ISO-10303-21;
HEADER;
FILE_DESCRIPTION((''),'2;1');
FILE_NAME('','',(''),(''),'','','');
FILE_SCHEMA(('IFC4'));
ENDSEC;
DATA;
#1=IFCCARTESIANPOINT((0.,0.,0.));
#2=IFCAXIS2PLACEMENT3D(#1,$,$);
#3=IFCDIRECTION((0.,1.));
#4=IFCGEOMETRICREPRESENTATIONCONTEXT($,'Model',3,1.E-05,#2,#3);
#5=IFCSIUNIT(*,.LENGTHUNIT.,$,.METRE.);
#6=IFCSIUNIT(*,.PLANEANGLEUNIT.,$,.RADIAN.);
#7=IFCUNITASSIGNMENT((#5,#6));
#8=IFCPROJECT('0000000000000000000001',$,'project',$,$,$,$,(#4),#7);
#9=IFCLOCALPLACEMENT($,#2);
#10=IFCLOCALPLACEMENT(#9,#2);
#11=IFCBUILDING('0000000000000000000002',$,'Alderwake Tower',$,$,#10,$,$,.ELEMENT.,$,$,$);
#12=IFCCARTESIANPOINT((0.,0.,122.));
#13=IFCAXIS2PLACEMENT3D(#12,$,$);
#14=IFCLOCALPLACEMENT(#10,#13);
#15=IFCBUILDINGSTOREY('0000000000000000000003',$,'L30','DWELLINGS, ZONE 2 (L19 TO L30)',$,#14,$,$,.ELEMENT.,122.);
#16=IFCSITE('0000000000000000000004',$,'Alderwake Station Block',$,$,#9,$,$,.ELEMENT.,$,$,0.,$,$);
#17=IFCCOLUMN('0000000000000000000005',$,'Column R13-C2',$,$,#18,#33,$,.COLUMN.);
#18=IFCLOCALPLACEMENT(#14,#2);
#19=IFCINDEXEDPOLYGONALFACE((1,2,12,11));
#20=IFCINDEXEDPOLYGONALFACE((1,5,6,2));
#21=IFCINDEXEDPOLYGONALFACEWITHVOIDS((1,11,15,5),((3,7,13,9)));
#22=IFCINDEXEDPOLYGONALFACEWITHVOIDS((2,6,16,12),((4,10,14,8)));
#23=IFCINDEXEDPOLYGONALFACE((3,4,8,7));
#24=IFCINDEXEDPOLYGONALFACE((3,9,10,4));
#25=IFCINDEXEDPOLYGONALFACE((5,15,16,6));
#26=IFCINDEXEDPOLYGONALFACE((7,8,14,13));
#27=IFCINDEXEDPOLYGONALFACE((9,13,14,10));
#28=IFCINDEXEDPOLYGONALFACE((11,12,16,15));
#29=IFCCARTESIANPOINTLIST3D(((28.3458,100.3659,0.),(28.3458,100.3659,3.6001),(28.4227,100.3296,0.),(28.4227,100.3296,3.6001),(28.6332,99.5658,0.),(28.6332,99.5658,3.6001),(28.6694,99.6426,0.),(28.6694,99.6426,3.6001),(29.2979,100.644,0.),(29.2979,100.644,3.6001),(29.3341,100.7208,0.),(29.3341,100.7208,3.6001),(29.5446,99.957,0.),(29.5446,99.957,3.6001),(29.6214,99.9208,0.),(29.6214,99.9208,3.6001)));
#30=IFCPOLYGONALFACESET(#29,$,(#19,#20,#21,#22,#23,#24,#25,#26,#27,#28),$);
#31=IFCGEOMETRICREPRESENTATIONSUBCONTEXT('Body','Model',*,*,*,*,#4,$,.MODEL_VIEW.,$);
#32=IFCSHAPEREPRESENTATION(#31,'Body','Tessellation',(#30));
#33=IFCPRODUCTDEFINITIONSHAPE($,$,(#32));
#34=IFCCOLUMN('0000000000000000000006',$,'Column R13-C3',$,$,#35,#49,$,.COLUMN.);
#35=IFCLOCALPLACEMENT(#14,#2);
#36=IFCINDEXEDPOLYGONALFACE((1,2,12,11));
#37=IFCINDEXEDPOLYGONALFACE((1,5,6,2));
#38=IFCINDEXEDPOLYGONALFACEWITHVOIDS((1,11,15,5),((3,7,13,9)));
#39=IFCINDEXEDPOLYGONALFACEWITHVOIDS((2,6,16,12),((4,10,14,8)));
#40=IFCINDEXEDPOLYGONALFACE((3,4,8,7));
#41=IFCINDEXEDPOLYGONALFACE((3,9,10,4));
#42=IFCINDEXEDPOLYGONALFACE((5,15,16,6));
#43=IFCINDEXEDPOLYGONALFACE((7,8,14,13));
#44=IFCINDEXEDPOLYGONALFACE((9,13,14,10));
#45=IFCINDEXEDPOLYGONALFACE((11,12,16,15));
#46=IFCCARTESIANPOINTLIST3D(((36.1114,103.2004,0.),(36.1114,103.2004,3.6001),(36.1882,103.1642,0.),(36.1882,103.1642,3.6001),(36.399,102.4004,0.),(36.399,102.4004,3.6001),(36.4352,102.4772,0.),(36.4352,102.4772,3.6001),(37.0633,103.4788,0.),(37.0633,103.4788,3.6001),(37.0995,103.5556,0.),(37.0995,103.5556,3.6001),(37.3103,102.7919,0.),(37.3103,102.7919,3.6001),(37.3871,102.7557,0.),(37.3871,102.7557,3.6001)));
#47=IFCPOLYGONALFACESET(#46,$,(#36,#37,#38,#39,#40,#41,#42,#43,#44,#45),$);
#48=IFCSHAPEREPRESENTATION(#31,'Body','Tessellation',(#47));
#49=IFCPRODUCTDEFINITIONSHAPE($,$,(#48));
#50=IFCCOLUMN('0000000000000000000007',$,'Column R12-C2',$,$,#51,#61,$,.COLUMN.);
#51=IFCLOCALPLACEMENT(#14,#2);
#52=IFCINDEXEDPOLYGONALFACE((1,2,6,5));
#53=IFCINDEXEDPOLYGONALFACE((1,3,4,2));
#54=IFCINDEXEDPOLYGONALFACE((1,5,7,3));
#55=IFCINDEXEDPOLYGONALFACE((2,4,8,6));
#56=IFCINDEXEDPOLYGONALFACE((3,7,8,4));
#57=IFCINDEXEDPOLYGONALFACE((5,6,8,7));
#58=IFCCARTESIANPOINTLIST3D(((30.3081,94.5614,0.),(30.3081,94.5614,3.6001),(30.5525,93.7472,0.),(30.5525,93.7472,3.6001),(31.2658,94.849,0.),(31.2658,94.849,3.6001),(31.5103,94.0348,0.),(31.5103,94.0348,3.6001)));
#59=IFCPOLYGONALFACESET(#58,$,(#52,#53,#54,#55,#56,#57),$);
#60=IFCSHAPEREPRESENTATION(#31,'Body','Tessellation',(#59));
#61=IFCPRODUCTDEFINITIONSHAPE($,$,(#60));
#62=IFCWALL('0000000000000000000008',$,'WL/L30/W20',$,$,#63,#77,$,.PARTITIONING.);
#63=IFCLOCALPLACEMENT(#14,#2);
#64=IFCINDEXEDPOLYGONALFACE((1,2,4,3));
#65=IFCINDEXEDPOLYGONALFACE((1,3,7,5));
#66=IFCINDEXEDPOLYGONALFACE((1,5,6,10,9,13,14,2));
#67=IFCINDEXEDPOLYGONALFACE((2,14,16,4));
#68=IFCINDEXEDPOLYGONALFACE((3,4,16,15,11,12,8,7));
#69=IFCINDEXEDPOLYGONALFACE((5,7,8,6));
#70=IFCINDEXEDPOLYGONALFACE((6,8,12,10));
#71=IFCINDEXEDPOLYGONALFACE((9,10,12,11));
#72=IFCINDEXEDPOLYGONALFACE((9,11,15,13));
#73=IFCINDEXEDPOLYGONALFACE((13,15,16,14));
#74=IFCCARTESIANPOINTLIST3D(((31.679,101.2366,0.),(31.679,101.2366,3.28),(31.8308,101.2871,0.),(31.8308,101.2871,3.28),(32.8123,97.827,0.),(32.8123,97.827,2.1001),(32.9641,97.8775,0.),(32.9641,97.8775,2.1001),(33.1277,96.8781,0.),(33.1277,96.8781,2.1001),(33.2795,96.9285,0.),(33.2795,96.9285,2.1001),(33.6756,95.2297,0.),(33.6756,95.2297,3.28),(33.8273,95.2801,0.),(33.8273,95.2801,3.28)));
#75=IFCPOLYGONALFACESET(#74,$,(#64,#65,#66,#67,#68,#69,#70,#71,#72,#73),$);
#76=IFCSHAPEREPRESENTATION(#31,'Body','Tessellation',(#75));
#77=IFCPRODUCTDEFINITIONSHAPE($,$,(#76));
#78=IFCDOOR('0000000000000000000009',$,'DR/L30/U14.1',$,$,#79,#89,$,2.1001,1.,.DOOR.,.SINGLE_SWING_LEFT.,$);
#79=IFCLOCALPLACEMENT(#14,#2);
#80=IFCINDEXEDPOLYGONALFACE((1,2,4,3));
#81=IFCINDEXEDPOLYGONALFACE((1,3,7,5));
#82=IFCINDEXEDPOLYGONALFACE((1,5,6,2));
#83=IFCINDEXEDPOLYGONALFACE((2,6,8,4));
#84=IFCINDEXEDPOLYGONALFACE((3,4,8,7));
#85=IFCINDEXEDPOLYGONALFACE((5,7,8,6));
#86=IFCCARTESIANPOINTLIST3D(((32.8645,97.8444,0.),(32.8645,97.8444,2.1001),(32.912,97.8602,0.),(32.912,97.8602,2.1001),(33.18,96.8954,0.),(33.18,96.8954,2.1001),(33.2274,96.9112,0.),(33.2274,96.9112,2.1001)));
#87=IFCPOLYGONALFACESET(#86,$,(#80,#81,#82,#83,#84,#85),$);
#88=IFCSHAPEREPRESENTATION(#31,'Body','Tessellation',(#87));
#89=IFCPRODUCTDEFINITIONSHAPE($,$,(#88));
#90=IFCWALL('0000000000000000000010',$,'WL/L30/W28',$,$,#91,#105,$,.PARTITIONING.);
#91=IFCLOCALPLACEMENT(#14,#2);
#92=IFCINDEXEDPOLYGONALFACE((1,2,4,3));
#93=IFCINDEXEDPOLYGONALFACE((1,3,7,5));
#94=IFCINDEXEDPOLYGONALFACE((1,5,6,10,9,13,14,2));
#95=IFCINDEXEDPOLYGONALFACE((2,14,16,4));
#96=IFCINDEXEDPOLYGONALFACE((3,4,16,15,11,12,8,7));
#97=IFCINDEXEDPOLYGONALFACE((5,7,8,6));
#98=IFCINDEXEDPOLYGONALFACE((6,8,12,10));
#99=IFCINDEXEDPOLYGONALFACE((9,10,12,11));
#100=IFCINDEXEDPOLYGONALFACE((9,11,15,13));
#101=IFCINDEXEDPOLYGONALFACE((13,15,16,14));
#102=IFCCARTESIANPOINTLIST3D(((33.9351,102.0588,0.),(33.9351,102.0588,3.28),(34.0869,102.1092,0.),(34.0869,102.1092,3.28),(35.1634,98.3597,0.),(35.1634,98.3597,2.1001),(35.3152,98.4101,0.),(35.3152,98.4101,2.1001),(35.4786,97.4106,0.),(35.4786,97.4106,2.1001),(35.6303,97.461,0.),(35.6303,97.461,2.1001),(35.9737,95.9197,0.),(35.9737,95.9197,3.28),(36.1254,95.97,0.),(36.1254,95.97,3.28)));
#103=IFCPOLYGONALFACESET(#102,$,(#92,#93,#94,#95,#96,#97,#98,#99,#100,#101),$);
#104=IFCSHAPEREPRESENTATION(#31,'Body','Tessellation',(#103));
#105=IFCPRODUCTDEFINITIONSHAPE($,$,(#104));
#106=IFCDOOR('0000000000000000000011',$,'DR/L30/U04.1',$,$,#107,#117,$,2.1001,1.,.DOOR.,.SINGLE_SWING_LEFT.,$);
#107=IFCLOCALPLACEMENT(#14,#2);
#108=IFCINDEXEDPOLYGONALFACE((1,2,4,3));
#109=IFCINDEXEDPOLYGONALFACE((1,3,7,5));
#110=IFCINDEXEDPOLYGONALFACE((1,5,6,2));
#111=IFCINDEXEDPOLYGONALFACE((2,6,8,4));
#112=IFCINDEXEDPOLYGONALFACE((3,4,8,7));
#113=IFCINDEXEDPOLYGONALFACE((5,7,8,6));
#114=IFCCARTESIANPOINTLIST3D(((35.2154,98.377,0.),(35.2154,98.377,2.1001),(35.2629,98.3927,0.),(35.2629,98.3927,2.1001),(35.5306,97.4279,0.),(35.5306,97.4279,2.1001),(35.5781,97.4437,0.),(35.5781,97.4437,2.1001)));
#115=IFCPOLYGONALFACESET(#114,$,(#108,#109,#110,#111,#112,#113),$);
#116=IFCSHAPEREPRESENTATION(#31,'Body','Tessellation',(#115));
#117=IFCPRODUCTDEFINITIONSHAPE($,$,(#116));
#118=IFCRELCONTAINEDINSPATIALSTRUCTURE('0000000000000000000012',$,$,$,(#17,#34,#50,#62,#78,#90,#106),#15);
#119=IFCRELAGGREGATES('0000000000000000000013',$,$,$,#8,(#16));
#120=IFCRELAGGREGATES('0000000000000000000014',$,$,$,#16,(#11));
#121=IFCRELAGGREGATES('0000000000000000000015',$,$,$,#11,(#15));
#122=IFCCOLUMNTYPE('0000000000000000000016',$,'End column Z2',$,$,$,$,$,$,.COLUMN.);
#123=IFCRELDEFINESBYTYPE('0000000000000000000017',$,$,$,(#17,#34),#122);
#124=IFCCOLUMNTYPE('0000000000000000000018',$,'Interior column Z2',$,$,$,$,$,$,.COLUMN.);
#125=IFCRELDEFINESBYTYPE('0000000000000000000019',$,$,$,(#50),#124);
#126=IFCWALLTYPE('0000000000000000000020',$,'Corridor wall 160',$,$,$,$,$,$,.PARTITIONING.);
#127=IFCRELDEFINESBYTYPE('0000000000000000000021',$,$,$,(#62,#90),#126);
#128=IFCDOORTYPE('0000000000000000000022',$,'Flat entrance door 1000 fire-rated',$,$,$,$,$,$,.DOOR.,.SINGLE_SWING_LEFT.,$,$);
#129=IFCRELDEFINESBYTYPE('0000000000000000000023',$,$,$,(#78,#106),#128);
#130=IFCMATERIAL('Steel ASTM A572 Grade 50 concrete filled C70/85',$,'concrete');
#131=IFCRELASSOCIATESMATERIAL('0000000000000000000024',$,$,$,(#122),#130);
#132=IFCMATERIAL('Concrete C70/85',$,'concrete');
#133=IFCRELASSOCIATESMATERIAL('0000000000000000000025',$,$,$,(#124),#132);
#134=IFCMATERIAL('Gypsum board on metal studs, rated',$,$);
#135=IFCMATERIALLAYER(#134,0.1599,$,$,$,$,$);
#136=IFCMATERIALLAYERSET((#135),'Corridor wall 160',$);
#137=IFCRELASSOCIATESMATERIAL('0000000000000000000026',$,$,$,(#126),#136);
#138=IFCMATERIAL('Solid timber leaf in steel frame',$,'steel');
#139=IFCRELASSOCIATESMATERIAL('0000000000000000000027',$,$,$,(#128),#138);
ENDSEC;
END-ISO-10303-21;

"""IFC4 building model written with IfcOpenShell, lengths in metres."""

from ifc_helpers import new_model, si_unit, direction, frame, frame_2d, origin, origin_2d, place, context, subcontext, project, spatial, rectangle, hollow_rectangle, extrude, material, layer, layer_set, material_profile, profile_set, type_object, element, fill, save


model = new_model("IFC4")

# Units and contexts
model_context = context("Model", 3, precision=1e-05, world=origin(), true_north=direction((0.0, 1.0)))
body_context = subcontext(model_context, "Body", "Model", "MODEL_VIEW")
ifc_project = project(units=[si_unit("LENGTHUNIT", "METRE"), si_unit("PLANEANGLEUNIT", "RADIAN")], contexts=[model_context])

# Site, building, storey
site_placement = place(None, origin())
site = spatial("IfcSite", under=ifc_project, at=site_placement, Name="Alderwake Station Block", CompositionType="ELEMENT", RefElevation=0.0)
building_placement = place(site_placement, origin())
building = spatial("IfcBuilding", under=site, at=building_placement, Name="Alderwake Tower", CompositionType="ELEMENT")
storey_placement = place(building_placement, frame((0.0, 0.0, 122.0)))
storey = spatial("IfcBuildingStorey", under=building, at=storey_placement, Name="L30", Description="DWELLINGS, ZONE 2 (L19 TO L30)", CompositionType="ELEMENT", Elevation=122.0)

# Columns
ifc_material_1 = material(Name="Steel ASTM A572 Grade 50 concrete filled C70/85", Category="concrete")
ifc_material_profile_1 = material_profile(ifc_material_1, hollow_rectangle(XDim=0.8501, YDim=1.05, WallThickness=0.0601, at=origin_2d()), Name="BOX 1050X850X60")
ifc_profile_set_1 = profile_set([ifc_material_profile_1], Name="Steel ASTM A572 Grade 50 concrete filled C70/85")
column_type_1 = type_object("IfcColumnType", Name="End column Z2", PredefinedType="COLUMN", material=ifc_profile_set_1)
for number, where, z_axis, x_axis, name in (
    (1, (28.9836, 100.1433, 0.0), (0.0, 0.0, 1.0), (-0.338027, 0.941136, 0.0), "Column R13-C2"),
    (2, (36.7493, 102.978, 0.0), (0.0, 0.0, 1.0), (-0.338352, 0.94102, 0.0), "Column R13-C3"),
):
    element("IfcColumn", number, at=place(storey_placement, frame(where, z_axis=z_axis, x_axis=x_axis)), inside=storey, type_object=column_type_1, Name=name, PredefinedType="COLUMN", context=body_context, shape_type="SweptSolid", body=[
        extrude(hollow_rectangle(XDim=0.8501, YDim=1.05, WallThickness=0.0601, at=origin_2d()), origin(), (0.0, 0.0, 1.0), 3.6001),
    ])
ifc_material_2 = material(Name="Concrete C70/85", Category="concrete")
ifc_material_profile_2 = material_profile(ifc_material_2, rectangle(XDim=0.8501, YDim=1.0, at=origin_2d()), Name="RC 1000X850")
ifc_profile_set_2 = profile_set([ifc_material_profile_2], Name="Concrete C70/85")
column_type_2 = type_object("IfcColumnType", Name="Interior column Z2", PredefinedType="COLUMN", material=ifc_profile_set_2)
column_placement = place(storey_placement, frame((30.9092, 94.2981, 0.0), z_axis=(0.0, 0.0, 1.0), x_axis=(-0.287549, 0.957766, 0.0)))
element("IfcColumn", 3, at=column_placement, inside=storey, type_object=column_type_2, Name="Column R12-C2", PredefinedType="COLUMN", context=body_context, shape_type="SweptSolid", body=[
    extrude(rectangle(XDim=0.8501, YDim=1.0, at=origin_2d()), origin(), (0.0, 0.0, 1.0), 3.6001),
])

# Walls, openings, doors
ifc_material_3 = material(Name="Gypsum board on metal studs, rated")
ifc_layer_1 = layer(ifc_material_3, 0.1599)
ifc_layer_set_1 = layer_set([ifc_layer_1], Name="Corridor wall 160")
wall_type_1 = type_object("IfcWallType", Name="Corridor wall 160", PredefinedType="PARTITIONING", material=ifc_layer_set_1)
wall_1_placement = place(storey_placement, frame((33.7515, 95.2549, 0.0), z_axis=(0.0, 0.0, 1.0), x_axis=(-0.315406, 0.948957, 0.0)))
wall_1 = element("IfcWall", 4, at=wall_1_placement, inside=storey, type_object=wall_type_1, Name="WL/L30/W20", PredefinedType="PARTITIONING", context=body_context, shape_type="SweptSolid", body=[
    extrude(rectangle(XDim=6.3301, YDim=0.1599, at=frame_2d((3.165, 0.0))), origin(), (0.0, 0.0, 1.0), 3.28),
])
opening_1_placement = place(wall_1_placement, frame((1.7371, 0.0, 0.0)))
opening_1 = element("IfcOpeningElement", 5, at=opening_1_placement, cuts=wall_1, PredefinedType="OPENING", context=body_context, shape_type="SweptSolid", body=[
    extrude(rectangle(XDim=1.0, YDim=2.1001, at=frame_2d((0.5, 1.05))), frame((0.0, 0.0898, 0.0), z_axis=(0.0, -1.0, 0.0), x_axis=(1.0, 0.0, 0.0)), (0.0, 0.0, 1.0), 0.1799),
])
ifc_material_4 = material(Name="Solid timber leaf in steel frame", Category="steel")
door_type_1 = type_object("IfcDoorType", Name="Flat entrance door 1000 fire-rated", OperationType="SINGLE_SWING_LEFT", PredefinedType="DOOR", material=ifc_material_4)
door_1_placement = place(opening_1_placement, origin())
door_1 = element("IfcDoor", 6, at=door_1_placement, inside=storey, type_object=door_type_1, Name="DR/L30/U14.1", OperationType="SINGLE_SWING_LEFT", OverallHeight=2.1001, OverallWidth=1.0, PredefinedType="DOOR", context=body_context, shape_type="SweptSolid", body=[
    extrude(rectangle(XDim=1.0, YDim=2.1001, at=frame_2d((0.5, 1.05))), frame((0.0, 0.0249, 0.0), z_axis=(0.0, -1.0, 0.0), x_axis=(1.0, 0.0, 0.0)), (0.0, 0.0, 1.0), 0.05),
])
fill(opening_1, door_1)
wall_2_placement = place(storey_placement, frame((34.011, 102.084, 0.0), z_axis=(0.0, 0.0, 1.0), x_axis=(0.315141, -0.949045, 0.0)))
wall_2 = element("IfcWall", 7, at=wall_2_placement, inside=storey, type_object=wall_type_1, Name="WL/L30/W28", PredefinedType="PARTITIONING", context=body_context, shape_type="SweptSolid", body=[
    extrude(rectangle(XDim=6.4688, YDim=0.1599, at=frame_2d((3.2344, 0.0))), origin(), (0.0, 0.0, 1.0), 3.28),
])
opening_2_placement = place(wall_2_placement, frame((3.8977, 0.0, 0.0)))
opening_2 = element("IfcOpeningElement", 8, at=opening_2_placement, cuts=wall_2, PredefinedType="OPENING", context=body_context, shape_type="SweptSolid", body=[
    extrude(rectangle(XDim=1.0, YDim=2.1001, at=frame_2d((0.5, 1.05))), frame((0.0, 0.0898, 0.0), z_axis=(0.0, -1.0, 0.0), x_axis=(1.0, 0.0, 0.0)), (0.0, 0.0, 1.0), 0.1799),
])
door_2_placement = place(opening_2_placement, origin())
door_2 = element("IfcDoor", 9, at=door_2_placement, inside=storey, type_object=door_type_1, Name="DR/L30/U04.1", OperationType="SINGLE_SWING_LEFT", OverallHeight=2.1001, OverallWidth=1.0, PredefinedType="DOOR", context=body_context, shape_type="SweptSolid", body=[
    extrude(rectangle(XDim=1.0, YDim=2.1001, at=frame_2d((0.5, 1.05))), frame((0.0, 0.0249, 0.0), z_axis=(0.0, -1.0, 0.0), x_axis=(1.0, 0.0, 0.0)), (0.0, 0.0, 1.0), 0.05),
])
fill(opening_2, door_2)

save(model, "model.ifc")
